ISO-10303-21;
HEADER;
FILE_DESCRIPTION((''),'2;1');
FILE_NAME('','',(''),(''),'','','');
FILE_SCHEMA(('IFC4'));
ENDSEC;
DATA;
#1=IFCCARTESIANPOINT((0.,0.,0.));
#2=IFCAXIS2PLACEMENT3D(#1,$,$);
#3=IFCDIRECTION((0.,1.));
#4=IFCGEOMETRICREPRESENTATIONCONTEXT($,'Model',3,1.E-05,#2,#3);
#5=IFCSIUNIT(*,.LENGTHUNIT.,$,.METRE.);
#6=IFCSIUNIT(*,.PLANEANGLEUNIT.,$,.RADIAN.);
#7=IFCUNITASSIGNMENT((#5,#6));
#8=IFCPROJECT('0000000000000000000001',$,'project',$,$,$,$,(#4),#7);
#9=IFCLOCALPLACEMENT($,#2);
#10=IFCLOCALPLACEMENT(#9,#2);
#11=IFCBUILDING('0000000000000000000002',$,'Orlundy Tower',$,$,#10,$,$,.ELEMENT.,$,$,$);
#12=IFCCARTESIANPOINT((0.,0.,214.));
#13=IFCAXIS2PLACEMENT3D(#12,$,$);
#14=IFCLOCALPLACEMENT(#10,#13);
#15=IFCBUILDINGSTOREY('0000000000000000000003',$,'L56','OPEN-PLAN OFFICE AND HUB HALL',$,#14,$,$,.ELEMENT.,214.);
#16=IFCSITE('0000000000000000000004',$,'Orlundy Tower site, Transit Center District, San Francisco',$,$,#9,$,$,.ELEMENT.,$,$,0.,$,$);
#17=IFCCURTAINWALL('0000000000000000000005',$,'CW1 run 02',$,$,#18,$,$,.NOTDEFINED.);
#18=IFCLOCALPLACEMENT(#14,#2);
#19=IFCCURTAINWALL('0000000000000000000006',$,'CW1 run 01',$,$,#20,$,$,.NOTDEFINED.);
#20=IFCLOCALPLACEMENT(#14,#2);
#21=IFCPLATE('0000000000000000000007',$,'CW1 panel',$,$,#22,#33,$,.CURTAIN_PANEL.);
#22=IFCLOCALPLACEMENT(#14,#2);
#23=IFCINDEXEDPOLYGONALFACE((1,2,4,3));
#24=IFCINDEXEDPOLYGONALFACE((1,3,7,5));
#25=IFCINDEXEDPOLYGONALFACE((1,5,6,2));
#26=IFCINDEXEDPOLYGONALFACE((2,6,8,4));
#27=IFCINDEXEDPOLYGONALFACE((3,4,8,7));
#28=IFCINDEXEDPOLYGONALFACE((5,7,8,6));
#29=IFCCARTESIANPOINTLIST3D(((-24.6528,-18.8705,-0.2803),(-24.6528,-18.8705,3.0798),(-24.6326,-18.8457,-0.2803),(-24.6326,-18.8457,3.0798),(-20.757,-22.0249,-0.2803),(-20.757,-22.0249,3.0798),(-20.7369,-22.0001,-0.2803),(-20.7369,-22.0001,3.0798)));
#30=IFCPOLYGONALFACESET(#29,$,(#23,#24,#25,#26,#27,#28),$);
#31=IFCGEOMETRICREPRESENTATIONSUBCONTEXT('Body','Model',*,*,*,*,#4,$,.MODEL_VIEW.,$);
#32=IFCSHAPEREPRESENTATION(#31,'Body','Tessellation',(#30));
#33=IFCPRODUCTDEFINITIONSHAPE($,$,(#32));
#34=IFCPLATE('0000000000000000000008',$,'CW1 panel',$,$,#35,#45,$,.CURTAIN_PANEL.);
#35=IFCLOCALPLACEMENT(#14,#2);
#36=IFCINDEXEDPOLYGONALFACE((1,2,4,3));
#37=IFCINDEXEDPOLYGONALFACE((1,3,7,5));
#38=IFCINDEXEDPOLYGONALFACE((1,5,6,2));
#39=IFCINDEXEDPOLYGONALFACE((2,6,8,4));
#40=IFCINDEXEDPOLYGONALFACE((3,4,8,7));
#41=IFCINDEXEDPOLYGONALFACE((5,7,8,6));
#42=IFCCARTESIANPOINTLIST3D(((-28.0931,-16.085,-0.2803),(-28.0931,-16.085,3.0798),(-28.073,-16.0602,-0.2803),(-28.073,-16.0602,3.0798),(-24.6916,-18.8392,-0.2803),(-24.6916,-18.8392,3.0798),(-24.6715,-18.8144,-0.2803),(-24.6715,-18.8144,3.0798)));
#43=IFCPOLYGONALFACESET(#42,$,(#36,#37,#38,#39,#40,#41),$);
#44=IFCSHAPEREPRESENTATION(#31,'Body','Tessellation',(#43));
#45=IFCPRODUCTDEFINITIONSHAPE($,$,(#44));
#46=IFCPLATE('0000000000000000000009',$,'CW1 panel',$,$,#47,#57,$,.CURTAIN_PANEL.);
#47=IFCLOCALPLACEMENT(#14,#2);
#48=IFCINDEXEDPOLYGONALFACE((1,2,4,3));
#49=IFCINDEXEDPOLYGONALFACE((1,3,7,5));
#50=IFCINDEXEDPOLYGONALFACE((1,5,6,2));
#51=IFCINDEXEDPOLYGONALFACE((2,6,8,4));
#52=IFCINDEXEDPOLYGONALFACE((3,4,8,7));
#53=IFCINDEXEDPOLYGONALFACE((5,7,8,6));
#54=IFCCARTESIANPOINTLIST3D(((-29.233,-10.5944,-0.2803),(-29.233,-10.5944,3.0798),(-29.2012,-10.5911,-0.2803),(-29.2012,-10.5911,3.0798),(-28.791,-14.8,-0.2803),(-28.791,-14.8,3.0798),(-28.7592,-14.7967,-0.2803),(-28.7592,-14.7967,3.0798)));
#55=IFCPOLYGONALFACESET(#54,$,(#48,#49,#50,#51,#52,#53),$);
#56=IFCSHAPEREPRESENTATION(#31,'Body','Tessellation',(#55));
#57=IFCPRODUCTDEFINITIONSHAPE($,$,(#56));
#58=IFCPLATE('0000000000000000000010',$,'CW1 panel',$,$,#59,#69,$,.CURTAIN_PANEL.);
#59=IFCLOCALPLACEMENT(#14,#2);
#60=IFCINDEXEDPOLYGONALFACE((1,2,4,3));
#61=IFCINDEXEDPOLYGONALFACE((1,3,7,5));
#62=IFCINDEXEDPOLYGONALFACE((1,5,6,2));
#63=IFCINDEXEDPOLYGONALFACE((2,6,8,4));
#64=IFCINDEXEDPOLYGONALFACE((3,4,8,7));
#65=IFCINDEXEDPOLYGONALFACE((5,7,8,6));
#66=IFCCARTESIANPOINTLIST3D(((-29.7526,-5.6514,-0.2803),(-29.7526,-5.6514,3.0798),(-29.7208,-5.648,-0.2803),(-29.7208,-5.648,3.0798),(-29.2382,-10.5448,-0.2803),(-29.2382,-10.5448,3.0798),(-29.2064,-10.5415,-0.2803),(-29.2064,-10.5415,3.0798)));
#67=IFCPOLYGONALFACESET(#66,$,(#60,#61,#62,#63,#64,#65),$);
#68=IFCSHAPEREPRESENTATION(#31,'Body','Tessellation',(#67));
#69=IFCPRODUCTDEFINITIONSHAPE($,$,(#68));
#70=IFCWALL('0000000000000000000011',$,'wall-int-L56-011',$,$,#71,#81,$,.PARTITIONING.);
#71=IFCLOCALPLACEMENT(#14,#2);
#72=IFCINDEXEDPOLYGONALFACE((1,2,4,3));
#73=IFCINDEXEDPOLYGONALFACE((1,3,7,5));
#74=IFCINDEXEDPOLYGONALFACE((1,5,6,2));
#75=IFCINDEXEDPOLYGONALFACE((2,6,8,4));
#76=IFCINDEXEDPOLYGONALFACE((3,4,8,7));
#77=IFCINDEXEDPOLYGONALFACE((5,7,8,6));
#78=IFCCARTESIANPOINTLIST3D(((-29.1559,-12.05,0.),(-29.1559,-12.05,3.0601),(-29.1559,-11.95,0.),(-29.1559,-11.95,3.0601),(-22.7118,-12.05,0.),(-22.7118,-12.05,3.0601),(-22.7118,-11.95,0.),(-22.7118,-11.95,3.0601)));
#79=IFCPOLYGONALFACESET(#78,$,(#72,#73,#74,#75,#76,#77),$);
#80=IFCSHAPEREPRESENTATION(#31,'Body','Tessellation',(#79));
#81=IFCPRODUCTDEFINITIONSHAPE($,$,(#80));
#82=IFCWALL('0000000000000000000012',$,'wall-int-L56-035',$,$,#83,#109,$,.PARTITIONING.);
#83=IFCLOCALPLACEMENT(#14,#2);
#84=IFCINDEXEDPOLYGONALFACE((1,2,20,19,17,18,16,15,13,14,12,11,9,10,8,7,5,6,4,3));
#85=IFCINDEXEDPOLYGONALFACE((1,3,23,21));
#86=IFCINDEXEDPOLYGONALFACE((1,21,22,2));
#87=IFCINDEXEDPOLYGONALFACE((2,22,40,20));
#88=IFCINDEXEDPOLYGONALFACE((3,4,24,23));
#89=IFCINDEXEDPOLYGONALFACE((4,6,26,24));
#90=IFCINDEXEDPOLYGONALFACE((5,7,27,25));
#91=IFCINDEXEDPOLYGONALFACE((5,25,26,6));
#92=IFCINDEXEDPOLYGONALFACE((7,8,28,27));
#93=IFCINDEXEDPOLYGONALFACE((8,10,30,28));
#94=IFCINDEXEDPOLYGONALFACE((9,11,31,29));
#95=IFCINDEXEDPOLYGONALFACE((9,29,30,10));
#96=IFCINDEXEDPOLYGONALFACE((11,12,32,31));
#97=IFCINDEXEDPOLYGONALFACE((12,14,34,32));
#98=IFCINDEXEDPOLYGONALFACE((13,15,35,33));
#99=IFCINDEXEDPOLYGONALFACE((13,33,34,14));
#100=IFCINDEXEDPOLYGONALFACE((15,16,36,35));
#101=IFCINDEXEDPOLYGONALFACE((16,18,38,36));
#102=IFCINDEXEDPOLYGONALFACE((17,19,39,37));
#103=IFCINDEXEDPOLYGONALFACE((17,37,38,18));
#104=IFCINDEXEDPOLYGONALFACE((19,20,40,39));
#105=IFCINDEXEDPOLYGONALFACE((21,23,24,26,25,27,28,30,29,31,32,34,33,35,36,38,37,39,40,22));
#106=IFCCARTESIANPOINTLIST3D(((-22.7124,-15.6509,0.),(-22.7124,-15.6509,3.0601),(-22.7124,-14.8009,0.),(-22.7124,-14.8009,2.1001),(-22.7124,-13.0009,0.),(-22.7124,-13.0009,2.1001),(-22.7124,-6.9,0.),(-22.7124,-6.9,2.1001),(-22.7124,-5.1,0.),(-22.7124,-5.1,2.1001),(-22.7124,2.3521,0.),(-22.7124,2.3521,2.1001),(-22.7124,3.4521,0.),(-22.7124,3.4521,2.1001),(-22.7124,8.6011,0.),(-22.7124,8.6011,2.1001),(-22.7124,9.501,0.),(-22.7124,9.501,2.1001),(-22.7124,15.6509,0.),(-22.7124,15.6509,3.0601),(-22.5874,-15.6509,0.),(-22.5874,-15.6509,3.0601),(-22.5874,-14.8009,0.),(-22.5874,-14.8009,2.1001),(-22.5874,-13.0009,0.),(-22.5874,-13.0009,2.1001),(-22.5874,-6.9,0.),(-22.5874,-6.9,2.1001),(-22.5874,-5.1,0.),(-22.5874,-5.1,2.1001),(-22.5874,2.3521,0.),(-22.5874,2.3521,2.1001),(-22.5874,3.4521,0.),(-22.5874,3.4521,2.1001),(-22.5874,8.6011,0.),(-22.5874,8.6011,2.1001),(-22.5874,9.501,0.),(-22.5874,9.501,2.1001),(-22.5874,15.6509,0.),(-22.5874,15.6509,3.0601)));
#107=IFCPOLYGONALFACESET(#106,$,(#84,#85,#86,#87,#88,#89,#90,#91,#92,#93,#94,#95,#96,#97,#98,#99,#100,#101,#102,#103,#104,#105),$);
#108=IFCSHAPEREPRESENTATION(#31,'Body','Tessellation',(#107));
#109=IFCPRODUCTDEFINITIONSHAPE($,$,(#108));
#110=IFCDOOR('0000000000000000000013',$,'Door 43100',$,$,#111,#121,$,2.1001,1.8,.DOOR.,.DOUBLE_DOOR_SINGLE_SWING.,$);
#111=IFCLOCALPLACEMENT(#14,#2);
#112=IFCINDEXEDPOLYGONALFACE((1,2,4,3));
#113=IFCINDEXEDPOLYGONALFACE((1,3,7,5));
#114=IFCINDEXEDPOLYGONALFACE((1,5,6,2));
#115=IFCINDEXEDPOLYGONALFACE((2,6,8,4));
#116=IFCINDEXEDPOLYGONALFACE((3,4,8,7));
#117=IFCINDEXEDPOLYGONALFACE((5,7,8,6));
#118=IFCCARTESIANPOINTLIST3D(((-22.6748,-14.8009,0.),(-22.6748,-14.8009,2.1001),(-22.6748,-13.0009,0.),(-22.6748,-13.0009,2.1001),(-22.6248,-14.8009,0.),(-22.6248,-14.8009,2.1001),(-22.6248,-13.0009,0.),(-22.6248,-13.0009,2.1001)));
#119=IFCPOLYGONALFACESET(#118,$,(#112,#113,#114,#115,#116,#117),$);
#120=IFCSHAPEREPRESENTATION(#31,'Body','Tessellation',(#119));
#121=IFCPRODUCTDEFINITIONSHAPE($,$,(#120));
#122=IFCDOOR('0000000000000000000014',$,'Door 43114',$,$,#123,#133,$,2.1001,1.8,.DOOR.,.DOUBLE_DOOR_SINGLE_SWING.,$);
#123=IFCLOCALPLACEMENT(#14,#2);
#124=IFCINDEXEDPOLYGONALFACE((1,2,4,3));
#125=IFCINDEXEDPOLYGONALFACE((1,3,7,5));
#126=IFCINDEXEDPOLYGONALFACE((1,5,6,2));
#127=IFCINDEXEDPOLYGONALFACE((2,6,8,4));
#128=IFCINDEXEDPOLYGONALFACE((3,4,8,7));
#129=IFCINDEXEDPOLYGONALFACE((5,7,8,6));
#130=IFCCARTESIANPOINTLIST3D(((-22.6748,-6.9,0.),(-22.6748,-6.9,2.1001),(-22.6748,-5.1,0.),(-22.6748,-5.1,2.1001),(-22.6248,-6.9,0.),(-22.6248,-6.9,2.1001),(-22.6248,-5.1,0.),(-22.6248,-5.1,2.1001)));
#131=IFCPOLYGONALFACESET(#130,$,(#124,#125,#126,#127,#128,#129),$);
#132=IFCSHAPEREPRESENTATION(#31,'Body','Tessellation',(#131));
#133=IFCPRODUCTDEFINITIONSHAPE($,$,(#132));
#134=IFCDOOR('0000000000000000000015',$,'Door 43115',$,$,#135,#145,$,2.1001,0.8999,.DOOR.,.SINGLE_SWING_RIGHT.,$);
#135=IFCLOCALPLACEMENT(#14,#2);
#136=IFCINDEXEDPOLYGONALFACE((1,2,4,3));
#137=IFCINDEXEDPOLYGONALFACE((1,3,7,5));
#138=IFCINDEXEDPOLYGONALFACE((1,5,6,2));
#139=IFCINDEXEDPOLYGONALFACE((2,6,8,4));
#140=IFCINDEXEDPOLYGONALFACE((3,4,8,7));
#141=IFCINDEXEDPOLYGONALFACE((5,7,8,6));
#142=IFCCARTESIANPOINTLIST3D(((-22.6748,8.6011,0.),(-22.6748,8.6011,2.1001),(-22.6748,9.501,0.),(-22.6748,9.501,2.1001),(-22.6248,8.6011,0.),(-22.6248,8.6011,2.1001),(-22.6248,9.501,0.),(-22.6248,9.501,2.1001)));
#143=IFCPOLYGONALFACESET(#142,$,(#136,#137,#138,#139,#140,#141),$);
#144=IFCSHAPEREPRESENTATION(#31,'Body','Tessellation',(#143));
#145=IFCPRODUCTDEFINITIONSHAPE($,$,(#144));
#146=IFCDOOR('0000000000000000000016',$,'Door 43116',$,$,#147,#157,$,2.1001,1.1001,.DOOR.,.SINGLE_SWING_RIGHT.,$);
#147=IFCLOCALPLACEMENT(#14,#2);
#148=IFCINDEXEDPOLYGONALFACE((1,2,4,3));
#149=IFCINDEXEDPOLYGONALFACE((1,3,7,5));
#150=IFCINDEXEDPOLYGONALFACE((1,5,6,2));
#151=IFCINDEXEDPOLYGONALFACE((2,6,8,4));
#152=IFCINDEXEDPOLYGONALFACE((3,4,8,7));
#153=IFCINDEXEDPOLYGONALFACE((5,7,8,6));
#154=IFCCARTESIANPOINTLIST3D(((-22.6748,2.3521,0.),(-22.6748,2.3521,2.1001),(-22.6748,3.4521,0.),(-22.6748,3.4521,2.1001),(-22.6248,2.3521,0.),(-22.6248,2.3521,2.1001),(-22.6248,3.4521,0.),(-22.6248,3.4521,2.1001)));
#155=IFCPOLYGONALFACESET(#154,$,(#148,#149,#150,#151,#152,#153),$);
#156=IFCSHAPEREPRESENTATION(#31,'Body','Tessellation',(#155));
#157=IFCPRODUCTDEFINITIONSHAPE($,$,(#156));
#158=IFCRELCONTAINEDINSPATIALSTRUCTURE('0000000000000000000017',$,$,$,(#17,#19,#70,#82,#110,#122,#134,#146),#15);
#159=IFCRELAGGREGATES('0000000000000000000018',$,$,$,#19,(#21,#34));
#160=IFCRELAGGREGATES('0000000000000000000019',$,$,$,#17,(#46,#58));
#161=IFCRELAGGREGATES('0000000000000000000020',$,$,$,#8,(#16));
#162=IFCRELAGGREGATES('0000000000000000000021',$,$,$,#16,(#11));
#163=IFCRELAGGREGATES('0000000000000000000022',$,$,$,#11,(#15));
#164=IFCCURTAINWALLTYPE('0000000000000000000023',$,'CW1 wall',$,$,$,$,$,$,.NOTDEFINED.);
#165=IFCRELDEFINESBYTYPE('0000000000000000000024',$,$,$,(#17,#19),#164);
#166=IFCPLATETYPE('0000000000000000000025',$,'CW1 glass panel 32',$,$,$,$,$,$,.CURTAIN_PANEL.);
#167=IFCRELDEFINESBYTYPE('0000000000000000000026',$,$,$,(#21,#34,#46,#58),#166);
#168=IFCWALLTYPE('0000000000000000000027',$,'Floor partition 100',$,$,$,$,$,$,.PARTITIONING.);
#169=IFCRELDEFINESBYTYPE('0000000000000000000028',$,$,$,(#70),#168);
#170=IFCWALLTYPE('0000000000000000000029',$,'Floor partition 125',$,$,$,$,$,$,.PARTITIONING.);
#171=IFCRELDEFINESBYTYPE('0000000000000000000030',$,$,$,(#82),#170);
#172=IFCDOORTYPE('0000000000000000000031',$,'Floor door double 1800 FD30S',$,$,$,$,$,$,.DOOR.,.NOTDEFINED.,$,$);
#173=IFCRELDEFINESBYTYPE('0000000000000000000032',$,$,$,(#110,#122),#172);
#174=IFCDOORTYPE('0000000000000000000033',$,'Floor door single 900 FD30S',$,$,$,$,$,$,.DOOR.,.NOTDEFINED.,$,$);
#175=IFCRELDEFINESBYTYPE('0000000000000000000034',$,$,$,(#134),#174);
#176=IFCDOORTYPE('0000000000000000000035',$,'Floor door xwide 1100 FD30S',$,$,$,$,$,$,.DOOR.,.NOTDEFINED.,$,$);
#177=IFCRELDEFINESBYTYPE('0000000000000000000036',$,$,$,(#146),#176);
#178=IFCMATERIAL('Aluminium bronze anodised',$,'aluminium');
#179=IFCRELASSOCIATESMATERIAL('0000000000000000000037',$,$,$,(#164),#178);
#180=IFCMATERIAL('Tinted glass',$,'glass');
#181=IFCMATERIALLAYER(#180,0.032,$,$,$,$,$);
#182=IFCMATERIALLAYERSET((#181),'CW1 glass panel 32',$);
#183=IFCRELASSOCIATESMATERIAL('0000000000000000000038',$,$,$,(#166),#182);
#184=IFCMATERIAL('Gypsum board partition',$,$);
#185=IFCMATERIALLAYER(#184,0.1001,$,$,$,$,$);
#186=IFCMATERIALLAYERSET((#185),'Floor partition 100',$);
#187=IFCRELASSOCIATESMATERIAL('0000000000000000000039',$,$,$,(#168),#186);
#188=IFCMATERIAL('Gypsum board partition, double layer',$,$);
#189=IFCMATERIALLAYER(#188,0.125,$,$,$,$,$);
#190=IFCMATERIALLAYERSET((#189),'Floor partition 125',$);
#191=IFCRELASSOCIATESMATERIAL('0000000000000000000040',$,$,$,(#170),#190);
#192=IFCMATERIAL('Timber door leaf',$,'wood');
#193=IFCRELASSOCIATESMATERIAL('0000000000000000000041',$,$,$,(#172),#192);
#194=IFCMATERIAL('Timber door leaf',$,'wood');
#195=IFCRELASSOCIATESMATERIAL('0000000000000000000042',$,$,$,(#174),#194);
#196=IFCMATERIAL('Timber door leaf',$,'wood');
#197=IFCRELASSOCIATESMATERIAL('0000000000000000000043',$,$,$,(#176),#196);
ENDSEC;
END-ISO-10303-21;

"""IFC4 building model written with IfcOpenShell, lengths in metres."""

from ifc_helpers import new_model, si_unit, direction, frame, frame_2d, origin, origin_2d, place, context, subcontext, project, spatial, rectangle, extrude, material, layer, layer_set, type_object, element, fill, aggregate, save


model = new_model("IFC4")

# Units and contexts
model_context = context("Model", 3, precision=1e-05, world=origin(), true_north=direction((0.0, 1.0)))
body_context = subcontext(model_context, "Body", "Model", "MODEL_VIEW")
ifc_project = project(units=[si_unit("LENGTHUNIT", "METRE"), si_unit("PLANEANGLEUNIT", "RADIAN")], contexts=[model_context])

# Site, building, storey
site_placement = place(None, origin())
site = spatial("IfcSite", under=ifc_project, at=site_placement, Name="Orlundy Tower site, Transit Center District, San Francisco", CompositionType="ELEMENT", RefElevation=0.0)
building_placement = place(site_placement, origin())
building = spatial("IfcBuilding", under=site, at=building_placement, Name="Orlundy Tower", CompositionType="ELEMENT")
storey_placement = place(building_placement, frame((0.0, 0.0, 214.0)))
storey = spatial("IfcBuildingStorey", under=building, at=storey_placement, Name="L56", Description="OPEN-PLAN OFFICE AND HUB HALL", CompositionType="ELEMENT", Elevation=214.0)

# Curtain wall
ifc_material_1 = material(Name="Aluminium bronze anodised", Category="aluminium")
curtain_wall_type = type_object("IfcCurtainWallType", Name="CW1 wall", PredefinedType="NOTDEFINED", material=ifc_material_1)
curtain_wall_1_placement = place(storey_placement, origin())
curtain_wall_1 = element("IfcCurtainWall", 1, at=curtain_wall_1_placement, inside=storey, type_object=curtain_wall_type, Name="CW1 run 02", PredefinedType="NOTDEFINED")

# Curtain wall
curtain_wall_2_placement = place(storey_placement, origin())
curtain_wall_2 = element("IfcCurtainWall", 2, at=curtain_wall_2_placement, inside=storey, type_object=curtain_wall_type, Name="CW1 run 01", PredefinedType="NOTDEFINED")

# Plates
ifc_material_2 = material(Name="Tinted glass", Category="glass")
ifc_layer_1 = layer(ifc_material_2, 0.032)
ifc_layer_set_1 = layer_set([ifc_layer_1], Name="CW1 glass panel 32")
plate_type = type_object("IfcPlateType", Name="CW1 glass panel 32", PredefinedType="CURTAIN_PANEL", material=ifc_layer_set_1)
plate_1_placement = place(storey_placement, frame((-22.6948, -20.4353, -0.2803), z_axis=(0.0, 0.0, 1.0), x_axis=(-0.777177, 0.629283, 0.0)))
plate_1 = element("IfcPlate", 3, at=plate_1_placement, type_object=plate_type, Name="CW1 panel", PredefinedType="CURTAIN_PANEL", context=body_context, shape_type="SweptSolid", body=[
    extrude(rectangle(XDim=5.0127, YDim=0.032, at=origin_2d()), origin(), (0.0, 0.0, 1.0), 3.3601),
])
plate_2_placement = place(storey_placement, frame((-26.3823, -17.4497, -0.2803), z_axis=(0.0, 0.0, 1.0), x_axis=(-0.777177, 0.629283, 0.0)))
plate_2 = element("IfcPlate", 4, at=plate_2_placement, type_object=plate_type, Name="CW1 panel", PredefinedType="CURTAIN_PANEL", context=body_context, shape_type="SweptSolid", body=[
    extrude(rectangle(XDim=4.3767, YDim=0.032, at=origin_2d()), origin(), (0.0, 0.0, 1.0), 3.3601),
])
aggregate(curtain_wall_2, [plate_1, plate_2])
plate_3_placement = place(storey_placement, frame((-28.9961, -12.6956, -0.2803), z_axis=(0.0, 0.0, 1.0), x_axis=(-0.104538, 0.994521, 0.0)))
plate_3 = element("IfcPlate", 5, at=plate_3_placement, type_object=plate_type, Name="CW1 panel", PredefinedType="CURTAIN_PANEL", context=body_context, shape_type="SweptSolid", body=[
    extrude(rectangle(XDim=4.2288, YDim=0.032, at=origin_2d()), origin(), (0.0, 0.0, 1.0), 3.3601),
])
plate_4_placement = place(storey_placement, frame((-29.4795, -8.0964, -0.2803), z_axis=(0.0, 0.0, 1.0), x_axis=(-0.104538, 0.994521, 0.0)))
plate_4 = element("IfcPlate", 6, at=plate_4_placement, type_object=plate_type, Name="CW1 panel", PredefinedType="CURTAIN_PANEL", context=body_context, shape_type="SweptSolid", body=[
    extrude(rectangle(XDim=4.9204, YDim=0.032, at=origin_2d()), origin(), (0.0, 0.0, 1.0), 3.3601),
])
aggregate(curtain_wall_1, [plate_3, plate_4])

# Wall
ifc_material_3 = material(Name="Gypsum board partition")
ifc_layer_2 = layer(ifc_material_3, 0.1001)
ifc_layer_set_2 = layer_set([ifc_layer_2], Name="Floor partition 100")
wall_type_1 = type_object("IfcWallType", Name="Floor partition 100", PredefinedType="PARTITIONING", material=ifc_layer_set_2)
wall_1_placement = place(storey_placement, frame((-29.156, -12.0, 0.0), z_axis=(0.0, 0.0, 1.0), x_axis=(1.0, 0.0, 0.0)))
element("IfcWall", 7, at=wall_1_placement, inside=storey, type_object=wall_type_1, Name="wall-int-L56-011", PredefinedType="PARTITIONING", context=body_context, shape_type="SweptSolid", body=[
    extrude(rectangle(XDim=6.4441, YDim=0.1001, at=frame_2d((3.2222, 0.0))), origin(), (0.0, 0.0, 1.0), 3.0601),
])

# Wall, openings, doors
ifc_material_4 = material(Name="Gypsum board partition, double layer")
ifc_layer_3 = layer(ifc_material_4, 0.125)
ifc_layer_set_3 = layer_set([ifc_layer_3], Name="Floor partition 125")
wall_type_2 = type_object("IfcWallType", Name="Floor partition 125", PredefinedType="PARTITIONING", material=ifc_layer_set_3)
wall_2_placement = place(storey_placement, frame((-22.6499, -15.6509, 0.0), z_axis=(0.0, 0.0, 1.0), x_axis=(0.0, 1.0, 0.0)))
wall_2 = element("IfcWall", 8, at=wall_2_placement, inside=storey, type_object=wall_type_2, Name="wall-int-L56-035", PredefinedType="PARTITIONING", context=body_context, shape_type="SweptSolid", body=[
    extrude(rectangle(XDim=31.3018, YDim=0.125, at=frame_2d((15.6509, 0.0))), origin(), (0.0, 0.0, 1.0), 3.0601),
])
opening_1_placement = place(wall_2_placement, frame((0.8501, 0.0, 0.0)))
opening_1 = element("IfcOpeningElement", 9, at=opening_1_placement, cuts=wall_2, PredefinedType="OPENING", context=body_context, shape_type="SweptSolid", body=[
    extrude(rectangle(XDim=1.8, YDim=2.1001, at=frame_2d((0.8999, 1.05))), frame((0.0, 0.0725, 0.0), z_axis=(0.0, -1.0, 0.0), x_axis=(1.0, 0.0, 0.0)), (0.0, 0.0, 1.0), 0.145),
])
opening_2_placement = place(wall_2_placement, frame((8.751, 0.0, 0.0)))
opening_2 = element("IfcOpeningElement", 10, at=opening_2_placement, cuts=wall_2, PredefinedType="OPENING", context=body_context, shape_type="SweptSolid", body=[
    extrude(rectangle(XDim=1.8, YDim=2.1001, at=frame_2d((0.8999, 1.05))), frame((0.0, 0.0725, 0.0), z_axis=(0.0, -1.0, 0.0), x_axis=(1.0, 0.0, 0.0)), (0.0, 0.0, 1.0), 0.145),
])
opening_3_placement = place(wall_2_placement, frame((24.252, 0.0, 0.0)))
opening_3 = element("IfcOpeningElement", 11, at=opening_3_placement, cuts=wall_2, PredefinedType="OPENING", context=body_context, shape_type="SweptSolid", body=[
    extrude(rectangle(XDim=0.8999, YDim=2.1001, at=frame_2d((0.45, 1.05))), frame((0.0, 0.0725, 0.0), z_axis=(0.0, -1.0, 0.0), x_axis=(1.0, 0.0, 0.0)), (0.0, 0.0, 1.0), 0.145),
])
opening_4_placement = place(wall_2_placement, frame((18.0029, 0.0, 0.0)))
opening_4 = element("IfcOpeningElement", 12, at=opening_4_placement, cuts=wall_2, PredefinedType="OPENING", context=body_context, shape_type="SweptSolid", body=[
    extrude(rectangle(XDim=1.1001, YDim=2.1001, at=frame_2d((0.55, 1.05))), frame((0.0, 0.0725, 0.0), z_axis=(0.0, -1.0, 0.0), x_axis=(1.0, 0.0, 0.0)), (0.0, 0.0, 1.0), 0.145),
])
ifc_material_5 = material(Name="Timber door leaf", Category="wood")
door_type_1 = type_object("IfcDoorType", Name="Floor door double 1800 FD30S", OperationType="NOTDEFINED", PredefinedType="DOOR", material=ifc_material_5)
door_1_placement = place(opening_1_placement, origin())
door_1 = element("IfcDoor", 13, at=door_1_placement, inside=storey, type_object=door_type_1, Name="Door 43100", OperationType="DOUBLE_DOOR_SINGLE_SWING", OverallHeight=2.1001, OverallWidth=1.8, PredefinedType="DOOR", context=body_context, shape_type="SweptSolid", body=[
    extrude(rectangle(XDim=1.8, YDim=2.1001, at=frame_2d((0.8999, 1.05))), frame((0.0, 0.0249, 0.0), z_axis=(0.0, -1.0, 0.0), x_axis=(1.0, 0.0, 0.0)), (0.0, 0.0, 1.0), 0.05),
])
fill(opening_1, door_1)
door_2_placement = place(opening_2_placement, origin())
door_2 = element("IfcDoor", 14, at=door_2_placement, inside=storey, type_object=door_type_1, Name="Door 43114", OperationType="DOUBLE_DOOR_SINGLE_SWING", OverallHeight=2.1001, OverallWidth=1.8, PredefinedType="DOOR", context=body_context, shape_type="SweptSolid", body=[
    extrude(rectangle(XDim=1.8, YDim=2.1001, at=frame_2d((0.8999, 1.05))), frame((0.0, 0.0249, 0.0), z_axis=(0.0, -1.0, 0.0), x_axis=(1.0, 0.0, 0.0)), (0.0, 0.0, 1.0), 0.05),
])
fill(opening_2, door_2)
ifc_material_6 = material(Name="Timber door leaf", Category="wood")
door_type_2 = type_object("IfcDoorType", Name="Floor door single 900 FD30S", OperationType="NOTDEFINED", PredefinedType="DOOR", material=ifc_material_6)
door_3_placement = place(opening_3_placement, origin())
door_3 = element("IfcDoor", 15, at=door_3_placement, inside=storey, type_object=door_type_2, Name="Door 43115", OperationType="SINGLE_SWING_RIGHT", OverallHeight=2.1001, OverallWidth=0.8999, PredefinedType="DOOR", context=body_context, shape_type="SweptSolid", body=[
    extrude(rectangle(XDim=0.8999, YDim=2.1001, at=frame_2d((0.45, 1.05))), frame((0.0, 0.0249, 0.0), z_axis=(0.0, -1.0, 0.0), x_axis=(1.0, 0.0, 0.0)), (0.0, 0.0, 1.0), 0.05),
])
fill(opening_3, door_3)
ifc_material_7 = material(Name="Timber door leaf", Category="wood")
door_type_3 = type_object("IfcDoorType", Name="Floor door xwide 1100 FD30S", OperationType="NOTDEFINED", PredefinedType="DOOR", material=ifc_material_7)
door_4_placement = place(opening_4_placement, origin())
door_4 = element("IfcDoor", 16, at=door_4_placement, inside=storey, type_object=door_type_3, Name="Door 43116", OperationType="SINGLE_SWING_RIGHT", OverallHeight=2.1001, OverallWidth=1.1001, PredefinedType="DOOR", context=body_context, shape_type="SweptSolid", body=[
    extrude(rectangle(XDim=1.1001, YDim=2.1001, at=frame_2d((0.55, 1.05))), frame((0.0, 0.0249, 0.0), z_axis=(0.0, -1.0, 0.0), x_axis=(1.0, 0.0, 0.0)), (0.0, 0.0, 1.0), 0.05),
])
fill(opening_4, door_4)

save(model, "model.ifc")
